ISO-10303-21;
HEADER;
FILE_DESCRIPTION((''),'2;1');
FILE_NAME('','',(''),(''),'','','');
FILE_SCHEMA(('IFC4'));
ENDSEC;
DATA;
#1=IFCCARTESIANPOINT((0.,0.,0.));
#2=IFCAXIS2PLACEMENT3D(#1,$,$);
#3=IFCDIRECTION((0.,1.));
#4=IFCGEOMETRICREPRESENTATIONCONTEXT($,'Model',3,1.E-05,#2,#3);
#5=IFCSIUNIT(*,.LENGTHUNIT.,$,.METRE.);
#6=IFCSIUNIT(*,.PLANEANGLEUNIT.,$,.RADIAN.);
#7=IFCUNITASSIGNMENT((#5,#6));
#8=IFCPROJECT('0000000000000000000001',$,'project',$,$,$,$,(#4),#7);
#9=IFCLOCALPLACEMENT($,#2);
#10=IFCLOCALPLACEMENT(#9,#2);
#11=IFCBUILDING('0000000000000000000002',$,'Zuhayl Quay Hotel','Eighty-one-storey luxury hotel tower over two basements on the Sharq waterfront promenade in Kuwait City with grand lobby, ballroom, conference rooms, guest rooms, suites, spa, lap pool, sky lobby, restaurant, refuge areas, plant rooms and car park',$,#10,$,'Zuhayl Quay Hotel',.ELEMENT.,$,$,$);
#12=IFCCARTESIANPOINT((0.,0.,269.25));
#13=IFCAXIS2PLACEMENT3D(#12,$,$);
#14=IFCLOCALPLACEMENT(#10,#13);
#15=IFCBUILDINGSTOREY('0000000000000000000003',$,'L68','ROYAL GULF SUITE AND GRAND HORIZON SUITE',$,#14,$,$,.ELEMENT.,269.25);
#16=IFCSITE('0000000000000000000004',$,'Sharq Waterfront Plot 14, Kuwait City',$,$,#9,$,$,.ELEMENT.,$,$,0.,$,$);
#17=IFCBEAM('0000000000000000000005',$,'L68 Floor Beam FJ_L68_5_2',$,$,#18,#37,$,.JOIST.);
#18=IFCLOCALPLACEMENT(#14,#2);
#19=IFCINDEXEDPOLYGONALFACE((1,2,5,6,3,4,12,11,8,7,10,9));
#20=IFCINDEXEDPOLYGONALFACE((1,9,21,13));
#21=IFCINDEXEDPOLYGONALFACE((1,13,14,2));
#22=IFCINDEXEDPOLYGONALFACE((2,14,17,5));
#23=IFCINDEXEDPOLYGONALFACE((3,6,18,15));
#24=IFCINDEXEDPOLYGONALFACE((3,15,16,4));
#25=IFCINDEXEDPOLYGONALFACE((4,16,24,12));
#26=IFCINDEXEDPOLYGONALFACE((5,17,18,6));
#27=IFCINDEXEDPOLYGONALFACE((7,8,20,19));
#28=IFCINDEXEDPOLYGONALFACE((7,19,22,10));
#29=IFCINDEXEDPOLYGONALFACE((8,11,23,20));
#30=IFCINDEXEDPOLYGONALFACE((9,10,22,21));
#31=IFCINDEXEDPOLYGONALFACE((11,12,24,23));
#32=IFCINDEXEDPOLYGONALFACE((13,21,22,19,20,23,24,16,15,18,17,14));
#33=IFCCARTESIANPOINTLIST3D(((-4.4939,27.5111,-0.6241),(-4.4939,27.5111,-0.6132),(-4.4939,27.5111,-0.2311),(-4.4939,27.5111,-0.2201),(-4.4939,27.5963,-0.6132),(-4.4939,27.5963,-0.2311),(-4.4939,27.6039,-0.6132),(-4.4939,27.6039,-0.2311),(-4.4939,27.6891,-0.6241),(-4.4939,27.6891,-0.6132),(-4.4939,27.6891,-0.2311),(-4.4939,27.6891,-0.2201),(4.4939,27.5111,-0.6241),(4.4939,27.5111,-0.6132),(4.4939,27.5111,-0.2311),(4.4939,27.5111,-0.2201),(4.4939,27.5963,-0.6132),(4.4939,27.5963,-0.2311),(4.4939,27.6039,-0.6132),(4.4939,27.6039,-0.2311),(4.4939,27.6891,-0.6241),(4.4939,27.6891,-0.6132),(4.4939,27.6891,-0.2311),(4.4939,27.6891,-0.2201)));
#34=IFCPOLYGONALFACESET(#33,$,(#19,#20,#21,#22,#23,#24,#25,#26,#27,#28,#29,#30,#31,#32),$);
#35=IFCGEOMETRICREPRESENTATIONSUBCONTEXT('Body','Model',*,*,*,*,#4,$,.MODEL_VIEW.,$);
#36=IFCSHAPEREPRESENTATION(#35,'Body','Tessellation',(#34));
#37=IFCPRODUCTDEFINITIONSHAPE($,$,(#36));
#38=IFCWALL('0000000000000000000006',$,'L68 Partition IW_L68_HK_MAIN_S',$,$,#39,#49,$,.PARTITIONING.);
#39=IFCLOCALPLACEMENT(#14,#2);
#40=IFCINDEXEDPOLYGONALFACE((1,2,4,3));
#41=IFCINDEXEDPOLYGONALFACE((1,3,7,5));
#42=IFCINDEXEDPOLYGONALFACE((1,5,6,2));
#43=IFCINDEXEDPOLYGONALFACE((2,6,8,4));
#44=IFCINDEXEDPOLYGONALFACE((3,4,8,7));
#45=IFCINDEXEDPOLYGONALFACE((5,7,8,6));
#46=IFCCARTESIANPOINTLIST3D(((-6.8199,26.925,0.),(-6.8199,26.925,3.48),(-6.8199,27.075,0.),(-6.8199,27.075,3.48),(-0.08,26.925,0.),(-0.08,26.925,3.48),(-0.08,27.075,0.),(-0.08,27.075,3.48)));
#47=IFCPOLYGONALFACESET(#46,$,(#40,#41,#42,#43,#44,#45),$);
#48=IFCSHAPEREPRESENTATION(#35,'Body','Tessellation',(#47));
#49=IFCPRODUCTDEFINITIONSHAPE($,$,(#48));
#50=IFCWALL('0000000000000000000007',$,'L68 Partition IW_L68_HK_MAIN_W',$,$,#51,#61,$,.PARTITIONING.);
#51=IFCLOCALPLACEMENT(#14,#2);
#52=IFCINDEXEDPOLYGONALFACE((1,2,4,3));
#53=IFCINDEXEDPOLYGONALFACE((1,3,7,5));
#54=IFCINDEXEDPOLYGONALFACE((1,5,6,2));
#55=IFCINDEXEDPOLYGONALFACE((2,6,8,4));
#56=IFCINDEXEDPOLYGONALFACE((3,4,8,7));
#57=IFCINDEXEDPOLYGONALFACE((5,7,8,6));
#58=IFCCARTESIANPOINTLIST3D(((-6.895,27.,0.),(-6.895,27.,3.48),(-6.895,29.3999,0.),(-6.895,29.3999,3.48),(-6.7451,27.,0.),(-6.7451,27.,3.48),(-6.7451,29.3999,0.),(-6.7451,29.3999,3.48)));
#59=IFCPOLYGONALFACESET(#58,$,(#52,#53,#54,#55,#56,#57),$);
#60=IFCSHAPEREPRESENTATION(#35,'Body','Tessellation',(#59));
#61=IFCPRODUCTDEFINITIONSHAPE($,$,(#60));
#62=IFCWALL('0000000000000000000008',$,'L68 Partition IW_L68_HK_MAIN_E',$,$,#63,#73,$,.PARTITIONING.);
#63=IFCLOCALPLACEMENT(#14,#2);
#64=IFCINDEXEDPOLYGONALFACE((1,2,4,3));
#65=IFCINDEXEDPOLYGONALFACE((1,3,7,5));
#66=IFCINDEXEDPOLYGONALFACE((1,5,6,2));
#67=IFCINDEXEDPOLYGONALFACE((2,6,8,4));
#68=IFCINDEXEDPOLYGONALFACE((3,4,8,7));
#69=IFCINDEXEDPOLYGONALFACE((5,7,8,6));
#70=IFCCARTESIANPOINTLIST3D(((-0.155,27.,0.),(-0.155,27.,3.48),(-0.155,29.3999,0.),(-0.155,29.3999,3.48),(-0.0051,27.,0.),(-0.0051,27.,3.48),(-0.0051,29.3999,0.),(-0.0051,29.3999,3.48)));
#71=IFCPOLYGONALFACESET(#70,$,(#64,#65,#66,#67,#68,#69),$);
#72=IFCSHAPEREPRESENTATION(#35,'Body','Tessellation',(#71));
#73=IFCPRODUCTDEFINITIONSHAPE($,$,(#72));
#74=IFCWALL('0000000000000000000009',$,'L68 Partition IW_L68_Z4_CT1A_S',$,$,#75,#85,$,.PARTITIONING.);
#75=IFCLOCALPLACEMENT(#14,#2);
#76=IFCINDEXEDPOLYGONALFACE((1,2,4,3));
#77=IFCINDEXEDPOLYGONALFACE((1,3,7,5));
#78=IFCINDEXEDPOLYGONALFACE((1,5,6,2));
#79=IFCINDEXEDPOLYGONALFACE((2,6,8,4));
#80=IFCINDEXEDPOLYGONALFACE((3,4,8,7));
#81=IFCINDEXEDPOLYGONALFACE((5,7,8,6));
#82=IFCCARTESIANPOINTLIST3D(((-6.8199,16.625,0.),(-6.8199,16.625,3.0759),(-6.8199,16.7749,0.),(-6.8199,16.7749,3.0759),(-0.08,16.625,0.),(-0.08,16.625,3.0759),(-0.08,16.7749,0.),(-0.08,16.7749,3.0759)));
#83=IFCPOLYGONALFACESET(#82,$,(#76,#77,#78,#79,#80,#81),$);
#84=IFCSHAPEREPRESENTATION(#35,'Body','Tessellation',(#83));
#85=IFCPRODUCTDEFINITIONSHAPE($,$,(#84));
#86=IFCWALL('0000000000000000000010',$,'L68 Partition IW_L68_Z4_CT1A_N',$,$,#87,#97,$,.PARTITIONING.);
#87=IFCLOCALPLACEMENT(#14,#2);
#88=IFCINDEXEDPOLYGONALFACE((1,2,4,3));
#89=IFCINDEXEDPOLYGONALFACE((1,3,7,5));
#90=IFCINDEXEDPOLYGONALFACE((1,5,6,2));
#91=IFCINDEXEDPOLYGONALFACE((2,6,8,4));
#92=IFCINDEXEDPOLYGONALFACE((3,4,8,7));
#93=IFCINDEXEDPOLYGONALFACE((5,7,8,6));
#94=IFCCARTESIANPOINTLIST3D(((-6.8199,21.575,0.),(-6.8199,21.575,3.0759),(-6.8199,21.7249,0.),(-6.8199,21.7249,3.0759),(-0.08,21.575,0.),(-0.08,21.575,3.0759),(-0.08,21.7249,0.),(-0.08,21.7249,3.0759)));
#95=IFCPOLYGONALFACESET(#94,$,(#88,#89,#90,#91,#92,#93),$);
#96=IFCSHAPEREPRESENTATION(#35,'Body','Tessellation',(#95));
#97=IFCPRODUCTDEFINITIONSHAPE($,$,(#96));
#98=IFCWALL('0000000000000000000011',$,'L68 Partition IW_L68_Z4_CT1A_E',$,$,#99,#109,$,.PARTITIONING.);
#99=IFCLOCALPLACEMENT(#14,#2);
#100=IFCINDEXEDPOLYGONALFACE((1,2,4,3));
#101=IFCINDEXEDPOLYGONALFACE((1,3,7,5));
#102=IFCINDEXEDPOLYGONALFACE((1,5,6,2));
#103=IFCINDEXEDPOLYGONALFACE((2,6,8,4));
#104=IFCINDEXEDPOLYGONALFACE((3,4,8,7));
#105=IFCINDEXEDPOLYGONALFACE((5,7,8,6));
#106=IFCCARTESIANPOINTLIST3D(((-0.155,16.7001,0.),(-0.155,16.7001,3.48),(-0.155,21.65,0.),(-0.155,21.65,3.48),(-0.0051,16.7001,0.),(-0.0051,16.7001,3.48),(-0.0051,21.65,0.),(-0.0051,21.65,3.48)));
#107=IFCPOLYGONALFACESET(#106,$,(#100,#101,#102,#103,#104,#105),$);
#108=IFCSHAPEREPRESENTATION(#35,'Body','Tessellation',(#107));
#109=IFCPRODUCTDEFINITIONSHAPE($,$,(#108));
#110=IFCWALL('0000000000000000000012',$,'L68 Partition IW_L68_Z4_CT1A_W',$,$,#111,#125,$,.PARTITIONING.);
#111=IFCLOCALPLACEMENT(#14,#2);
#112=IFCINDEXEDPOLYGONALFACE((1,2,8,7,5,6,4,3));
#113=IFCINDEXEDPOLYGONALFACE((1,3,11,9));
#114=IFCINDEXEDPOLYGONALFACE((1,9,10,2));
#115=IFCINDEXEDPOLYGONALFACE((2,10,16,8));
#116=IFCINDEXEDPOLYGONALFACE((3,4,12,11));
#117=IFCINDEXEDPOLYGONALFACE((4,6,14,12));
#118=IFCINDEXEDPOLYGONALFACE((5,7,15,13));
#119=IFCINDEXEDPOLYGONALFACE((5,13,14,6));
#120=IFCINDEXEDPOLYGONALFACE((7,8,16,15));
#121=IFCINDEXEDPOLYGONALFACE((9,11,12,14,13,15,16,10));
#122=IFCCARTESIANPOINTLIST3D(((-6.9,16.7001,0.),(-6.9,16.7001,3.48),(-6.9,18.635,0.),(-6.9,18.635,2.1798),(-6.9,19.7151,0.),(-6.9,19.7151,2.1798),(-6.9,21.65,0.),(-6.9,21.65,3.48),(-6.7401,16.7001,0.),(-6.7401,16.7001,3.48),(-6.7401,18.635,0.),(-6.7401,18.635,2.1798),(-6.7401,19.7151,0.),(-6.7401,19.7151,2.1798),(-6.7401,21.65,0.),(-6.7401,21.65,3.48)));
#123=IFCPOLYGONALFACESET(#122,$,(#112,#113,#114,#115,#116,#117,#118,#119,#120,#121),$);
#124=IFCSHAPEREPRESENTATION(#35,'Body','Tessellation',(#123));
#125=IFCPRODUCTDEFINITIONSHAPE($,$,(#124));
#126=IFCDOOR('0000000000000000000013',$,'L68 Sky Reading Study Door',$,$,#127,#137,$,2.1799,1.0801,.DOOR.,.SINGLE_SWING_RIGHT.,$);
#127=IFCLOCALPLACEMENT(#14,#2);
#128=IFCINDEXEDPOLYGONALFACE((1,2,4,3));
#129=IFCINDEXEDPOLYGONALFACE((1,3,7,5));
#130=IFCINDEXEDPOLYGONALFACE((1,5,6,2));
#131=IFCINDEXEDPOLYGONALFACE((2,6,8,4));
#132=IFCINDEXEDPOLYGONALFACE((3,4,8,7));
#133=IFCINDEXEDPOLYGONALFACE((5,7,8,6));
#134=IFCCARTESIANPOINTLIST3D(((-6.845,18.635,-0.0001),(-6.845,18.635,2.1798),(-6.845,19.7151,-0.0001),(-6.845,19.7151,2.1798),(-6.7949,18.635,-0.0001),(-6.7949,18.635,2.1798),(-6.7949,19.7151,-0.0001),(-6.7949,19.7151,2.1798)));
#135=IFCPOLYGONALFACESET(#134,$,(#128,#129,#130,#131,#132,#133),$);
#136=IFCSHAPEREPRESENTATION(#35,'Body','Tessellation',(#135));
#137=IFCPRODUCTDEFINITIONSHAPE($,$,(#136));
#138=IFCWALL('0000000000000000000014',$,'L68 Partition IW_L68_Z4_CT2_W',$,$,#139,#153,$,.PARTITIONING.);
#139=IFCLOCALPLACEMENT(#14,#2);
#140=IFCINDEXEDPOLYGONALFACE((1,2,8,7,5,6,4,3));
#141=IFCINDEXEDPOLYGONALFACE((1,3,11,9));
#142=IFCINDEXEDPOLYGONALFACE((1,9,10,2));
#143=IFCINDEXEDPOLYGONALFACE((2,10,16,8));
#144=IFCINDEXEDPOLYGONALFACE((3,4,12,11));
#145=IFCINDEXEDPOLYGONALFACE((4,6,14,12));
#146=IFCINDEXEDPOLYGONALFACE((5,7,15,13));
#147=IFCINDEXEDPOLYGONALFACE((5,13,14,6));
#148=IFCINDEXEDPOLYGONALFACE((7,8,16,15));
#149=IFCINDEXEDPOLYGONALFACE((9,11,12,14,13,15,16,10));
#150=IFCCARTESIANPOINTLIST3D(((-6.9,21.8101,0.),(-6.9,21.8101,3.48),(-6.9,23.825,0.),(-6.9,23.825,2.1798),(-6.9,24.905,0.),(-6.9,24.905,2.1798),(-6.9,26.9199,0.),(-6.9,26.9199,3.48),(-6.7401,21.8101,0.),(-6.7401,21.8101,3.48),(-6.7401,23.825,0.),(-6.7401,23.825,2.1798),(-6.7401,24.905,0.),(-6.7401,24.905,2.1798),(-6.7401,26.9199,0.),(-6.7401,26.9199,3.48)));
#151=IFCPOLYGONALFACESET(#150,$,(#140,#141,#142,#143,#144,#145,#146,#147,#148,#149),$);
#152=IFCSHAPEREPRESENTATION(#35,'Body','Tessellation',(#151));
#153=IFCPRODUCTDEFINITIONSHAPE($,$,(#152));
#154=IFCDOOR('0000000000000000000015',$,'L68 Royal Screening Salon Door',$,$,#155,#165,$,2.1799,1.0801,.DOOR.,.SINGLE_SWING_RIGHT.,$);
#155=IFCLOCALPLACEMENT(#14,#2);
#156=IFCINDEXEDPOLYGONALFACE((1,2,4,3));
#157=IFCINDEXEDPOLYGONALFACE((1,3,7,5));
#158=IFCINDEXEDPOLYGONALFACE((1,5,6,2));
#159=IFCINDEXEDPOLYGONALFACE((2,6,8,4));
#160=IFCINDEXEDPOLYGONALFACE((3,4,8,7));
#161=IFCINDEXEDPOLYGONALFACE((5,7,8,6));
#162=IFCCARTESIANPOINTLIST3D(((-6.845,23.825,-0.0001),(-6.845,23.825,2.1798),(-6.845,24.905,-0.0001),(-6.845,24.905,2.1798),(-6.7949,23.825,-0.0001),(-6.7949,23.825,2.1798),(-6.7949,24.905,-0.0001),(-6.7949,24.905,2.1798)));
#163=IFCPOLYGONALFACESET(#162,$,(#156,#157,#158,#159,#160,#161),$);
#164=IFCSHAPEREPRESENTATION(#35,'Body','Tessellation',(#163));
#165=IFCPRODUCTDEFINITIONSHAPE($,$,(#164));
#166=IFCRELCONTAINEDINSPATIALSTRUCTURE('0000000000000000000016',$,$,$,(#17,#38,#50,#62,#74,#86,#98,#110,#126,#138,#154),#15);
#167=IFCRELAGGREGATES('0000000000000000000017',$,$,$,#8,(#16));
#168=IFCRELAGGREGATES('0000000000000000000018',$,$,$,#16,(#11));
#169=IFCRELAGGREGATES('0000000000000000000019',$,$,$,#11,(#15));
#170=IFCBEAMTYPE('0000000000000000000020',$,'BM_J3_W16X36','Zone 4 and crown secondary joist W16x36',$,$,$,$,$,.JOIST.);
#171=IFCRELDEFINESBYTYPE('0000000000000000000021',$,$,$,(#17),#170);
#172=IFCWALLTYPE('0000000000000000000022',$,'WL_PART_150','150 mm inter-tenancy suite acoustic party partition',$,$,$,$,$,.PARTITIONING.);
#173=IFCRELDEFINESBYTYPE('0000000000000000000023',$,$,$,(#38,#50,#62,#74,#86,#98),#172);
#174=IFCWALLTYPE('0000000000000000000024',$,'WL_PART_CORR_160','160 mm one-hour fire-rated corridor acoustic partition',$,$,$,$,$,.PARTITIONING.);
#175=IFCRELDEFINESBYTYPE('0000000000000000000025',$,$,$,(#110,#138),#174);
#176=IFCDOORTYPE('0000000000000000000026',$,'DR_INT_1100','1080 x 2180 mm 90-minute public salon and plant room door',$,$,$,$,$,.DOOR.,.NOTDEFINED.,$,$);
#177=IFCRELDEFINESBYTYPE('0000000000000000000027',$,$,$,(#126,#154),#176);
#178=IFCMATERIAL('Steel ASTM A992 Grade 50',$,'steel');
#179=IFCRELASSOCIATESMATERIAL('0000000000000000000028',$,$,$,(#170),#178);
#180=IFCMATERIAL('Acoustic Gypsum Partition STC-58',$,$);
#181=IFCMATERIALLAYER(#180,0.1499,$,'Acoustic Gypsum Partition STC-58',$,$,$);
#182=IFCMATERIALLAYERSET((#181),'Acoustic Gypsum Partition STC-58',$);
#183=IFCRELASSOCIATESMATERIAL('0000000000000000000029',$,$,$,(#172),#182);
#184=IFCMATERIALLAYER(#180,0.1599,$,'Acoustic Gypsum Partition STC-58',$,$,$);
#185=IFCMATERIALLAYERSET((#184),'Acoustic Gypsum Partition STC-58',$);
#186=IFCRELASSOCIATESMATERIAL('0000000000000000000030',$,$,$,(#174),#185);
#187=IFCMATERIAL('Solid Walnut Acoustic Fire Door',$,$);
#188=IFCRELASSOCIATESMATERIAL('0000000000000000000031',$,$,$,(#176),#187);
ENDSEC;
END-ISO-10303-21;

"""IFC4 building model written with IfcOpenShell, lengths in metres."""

from ifc_helpers import new_model, si_unit, direction, frame, frame_2d, origin, origin_2d, place, context, subcontext, project, spatial, rectangle, i_section, extrude, material, layer, layer_set, material_profile, profile_set, type_object, element, fill, save


model = new_model("IFC4")

# Units and contexts
model_context = context("Model", 3, precision=1e-05, world=origin(), true_north=direction((0.0, 1.0)))
body_context = subcontext(model_context, "Body", "Model", "MODEL_VIEW")
ifc_project = project(units=[si_unit("LENGTHUNIT", "METRE"), si_unit("PLANEANGLEUNIT", "RADIAN")], contexts=[model_context])

# Site, building, storey
site_placement = place(None, origin())
site = spatial("IfcSite", under=ifc_project, at=site_placement, Name="Sharq Waterfront Plot 14, Kuwait City", CompositionType="ELEMENT", RefElevation=0.0)
building_placement = place(site_placement, origin())
building = spatial("IfcBuilding", under=site, at=building_placement, Name="Zuhayl Quay Hotel", Description="Eighty-one-storey luxury hotel tower over two basements on the Sharq waterfront promenade in Kuwait City with grand lobby, ballroom, conference rooms, guest rooms, suites, spa, lap pool, sky lobby, restaurant, refuge areas, plant rooms and car park", LongName="Zuhayl Quay Hotel", CompositionType="ELEMENT")
storey_placement = place(building_placement, frame((0.0, 0.0, 269.25)))
storey = spatial("IfcBuildingStorey", under=building, at=storey_placement, Name="L68", Description="ROYAL GULF SUITE AND GRAND HORIZON SUITE", CompositionType="ELEMENT", Elevation=269.25)

# Beam
ifc_material_1 = material(Name="Steel ASTM A992 Grade 50", Category="steel")
ifc_material_profile = material_profile(ifc_material_1, i_section(OverallWidth=0.178, OverallDepth=0.4041, WebThickness=0.0076, FlangeThickness=0.011, at=origin_2d()), Name="W16X36")
ifc_profile_set = profile_set([ifc_material_profile], Name="Steel ASTM A992 Grade 50")
beam_type = type_object("IfcBeamType", Name="BM_J3_W16X36", Description="Zone 4 and crown secondary joist W16x36", PredefinedType="JOIST", material=ifc_profile_set)
beam_1_placement = place(storey_placement, frame((-4.4939, 27.6001, -0.4221), z_axis=(1.0, 0.0, 0.0), x_axis=(0.0, 1.0, 0.0)))
element("IfcBeam", 1, at=beam_1_placement, inside=storey, type_object=beam_type, Name="L68 Floor Beam FJ_L68_5_2", PredefinedType="JOIST", context=body_context, shape_type="SweptSolid", body=[
    extrude(i_section(OverallWidth=0.178, OverallDepth=0.4041, WebThickness=0.0076, FlangeThickness=0.011, at=origin_2d()), origin(), (0.0, 0.0, 1.0), 8.9878),
])

# Walls
ifc_material_2 = material(Name="Acoustic Gypsum Partition STC-58")
ifc_layer_1 = layer(ifc_material_2, 0.1499, Name="Acoustic Gypsum Partition STC-58")
ifc_layer_set_1 = layer_set([ifc_layer_1], Name="Acoustic Gypsum Partition STC-58")
wall_type_1 = type_object("IfcWallType", Name="WL_PART_150", Description="150 mm inter-tenancy suite acoustic party partition", PredefinedType="PARTITIONING", material=ifc_layer_set_1)
wall_1_placement = place(storey_placement, frame((-6.8201, 27.0, 0.0), z_axis=(0.0, 0.0, 1.0), x_axis=(1.0, 0.0, 0.0)))
element("IfcWall", 2, at=wall_1_placement, inside=storey, type_object=wall_type_1, Name="L68 Partition IW_L68_HK_MAIN_S", PredefinedType="PARTITIONING", context=body_context, shape_type="SweptSolid", body=[
    extrude(rectangle(XDim=6.74, YDim=0.1499, at=frame_2d((3.3701, 0.0))), origin(), (0.0, 0.0, 1.0), 3.48),
])
for number, where, z_axis, x_axis, name in (
    (3, (-6.8201, 27.0, 0.0), (0.0, 0.0, 1.0), (0.0, 1.0, 0.0), "L68 Partition IW_L68_HK_MAIN_W"),
    (4, (-0.0801, 27.0, 0.0), (0.0, 0.0, 1.0), (0.0, 1.0, 0.0), "L68 Partition IW_L68_HK_MAIN_E"),
):
    element("IfcWall", number, at=place(storey_placement, frame(where, z_axis=z_axis, x_axis=x_axis)), inside=storey, type_object=wall_type_1, Name=name, PredefinedType="PARTITIONING", context=body_context, shape_type="SweptSolid", body=[
        extrude(rectangle(XDim=2.3999, YDim=0.1499, at=frame_2d((1.2, 0.0))), origin(), (0.0, 0.0, 1.0), 3.48),
    ])
for number, where, z_axis, x_axis, name in (
    (5, (-6.8201, 16.7, 0.0), (0.0, 0.0, 1.0), (1.0, 0.0, 0.0), "L68 Partition IW_L68_Z4_CT1A_S"),
    (6, (-6.8201, 21.6499, 0.0), (0.0, 0.0, 1.0), (1.0, 0.0, 0.0), "L68 Partition IW_L68_Z4_CT1A_N"),
):
    element("IfcWall", number, at=place(storey_placement, frame(where, z_axis=z_axis, x_axis=x_axis)), inside=storey, type_object=wall_type_1, Name=name, PredefinedType="PARTITIONING", context=body_context, shape_type="SweptSolid", body=[
        extrude(rectangle(XDim=6.74, YDim=0.1499, at=frame_2d((3.3701, 0.0))), origin(), (0.0, 0.0, 1.0), 3.0759),
    ])
wall_2_placement = place(storey_placement, frame((-0.0801, 16.7, 0.0), z_axis=(0.0, 0.0, 1.0), x_axis=(0.0, 1.0, 0.0)))
element("IfcWall", 7, at=wall_2_placement, inside=storey, type_object=wall_type_1, Name="L68 Partition IW_L68_Z4_CT1A_E", PredefinedType="PARTITIONING", context=body_context, shape_type="SweptSolid", body=[
    extrude(rectangle(XDim=4.95, YDim=0.1499, at=frame_2d((2.4751, 0.0))), origin(), (0.0, 0.0, 1.0), 3.48),
])

# Walls, openings, doors
ifc_layer_2 = layer(ifc_material_2, 0.1599, Name="Acoustic Gypsum Partition STC-58")
ifc_layer_set_2 = layer_set([ifc_layer_2], Name="Acoustic Gypsum Partition STC-58")
wall_type_2 = type_object("IfcWallType", Name="WL_PART_CORR_160", Description="160 mm one-hour fire-rated corridor acoustic partition", PredefinedType="PARTITIONING", material=ifc_layer_set_2)
wall_3_placement = place(storey_placement, frame((-6.8201, 16.7, 0.0), z_axis=(0.0, 0.0, 1.0), x_axis=(0.0, 1.0, 0.0)))
wall_3 = element("IfcWall", 8, at=wall_3_placement, inside=storey, type_object=wall_type_2, Name="L68 Partition IW_L68_Z4_CT1A_W", PredefinedType="PARTITIONING", context=body_context, shape_type="SweptSolid", body=[
    extrude(rectangle(XDim=4.95, YDim=0.1599, at=frame_2d((2.4751, 0.0))), origin(), (0.0, 0.0, 1.0), 3.48),
])
opening_1_placement = place(wall_3_placement, frame((1.9351, 0.0, 0.0)))
opening_1 = element("IfcOpeningElement", 9, at=opening_1_placement, cuts=wall_3, PredefinedType="OPENING", context=body_context, shape_type="SweptSolid", body=[
    extrude(rectangle(XDim=1.0801, YDim=2.1799, at=frame_2d((0.54, 1.0898))), frame((0.0, 0.0898, 0.0), z_axis=(0.0, -1.0, 0.0), x_axis=(1.0, 0.0, 0.0)), (0.0, 0.0, 1.0), 0.1799),
])
ifc_material_3 = material(Name="Solid Walnut Acoustic Fire Door")
door_type_1 = type_object("IfcDoorType", Name="DR_INT_1100", Description="1080 x 2180 mm 90-minute public salon and plant room door", OperationType="NOTDEFINED", PredefinedType="DOOR", material=ifc_material_3)
door_1_placement = place(opening_1_placement, origin())
door_1 = element("IfcDoor", 10, at=door_1_placement, inside=storey, type_object=door_type_1, Name="L68 Sky Reading Study Door", OperationType="SINGLE_SWING_RIGHT", OverallHeight=2.1799, OverallWidth=1.0801, PredefinedType="DOOR", context=body_context, shape_type="SweptSolid", body=[
    extrude(rectangle(XDim=1.0801, YDim=2.1799, at=frame_2d((0.54, 1.0898))), frame((0.0, 0.0249, 0.0), z_axis=(0.0, -1.0, 0.0), x_axis=(1.0, 0.0, 0.0)), (0.0, 0.0, 1.0), 0.05),
])
fill(opening_1, door_1)
wall_4_placement = place(storey_placement, frame((-6.8201, 21.8101, 0.0), z_axis=(0.0, 0.0, 1.0), x_axis=(0.0, 1.0, 0.0)))
wall_4 = element("IfcWall", 11, at=wall_4_placement, inside=storey, type_object=wall_type_2, Name="L68 Partition IW_L68_Z4_CT2_W", PredefinedType="PARTITIONING", context=body_context, shape_type="SweptSolid", body=[
    extrude(rectangle(XDim=5.1099, YDim=0.1599, at=frame_2d((2.5549, 0.0))), origin(), (0.0, 0.0, 1.0), 3.48),
])
opening_2_placement = place(wall_4_placement, frame((2.0149, 0.0, 0.0)))
opening_2 = element("IfcOpeningElement", 12, at=opening_2_placement, cuts=wall_4, PredefinedType="OPENING", context=body_context, shape_type="SweptSolid", body=[
    extrude(rectangle(XDim=1.0801, YDim=2.1799, at=frame_2d((0.54, 1.0898))), frame((0.0, 0.0898, 0.0), z_axis=(0.0, -1.0, 0.0), x_axis=(1.0, 0.0, 0.0)), (0.0, 0.0, 1.0), 0.1799),
])
door_2_placement = place(opening_2_placement, origin())
door_2 = element("IfcDoor", 13, at=door_2_placement, inside=storey, type_object=door_type_1, Name="L68 Royal Screening Salon Door", OperationType="SINGLE_SWING_RIGHT", OverallHeight=2.1799, OverallWidth=1.0801, PredefinedType="DOOR", context=body_context, shape_type="SweptSolid", body=[
    extrude(rectangle(XDim=1.0801, YDim=2.1799, at=frame_2d((0.54, 1.0898))), frame((0.0, 0.0249, 0.0), z_axis=(0.0, -1.0, 0.0), x_axis=(1.0, 0.0, 0.0)), (0.0, 0.0, 1.0), 0.05),
])
fill(opening_2, door_2)

save(model, "model.ifc")
